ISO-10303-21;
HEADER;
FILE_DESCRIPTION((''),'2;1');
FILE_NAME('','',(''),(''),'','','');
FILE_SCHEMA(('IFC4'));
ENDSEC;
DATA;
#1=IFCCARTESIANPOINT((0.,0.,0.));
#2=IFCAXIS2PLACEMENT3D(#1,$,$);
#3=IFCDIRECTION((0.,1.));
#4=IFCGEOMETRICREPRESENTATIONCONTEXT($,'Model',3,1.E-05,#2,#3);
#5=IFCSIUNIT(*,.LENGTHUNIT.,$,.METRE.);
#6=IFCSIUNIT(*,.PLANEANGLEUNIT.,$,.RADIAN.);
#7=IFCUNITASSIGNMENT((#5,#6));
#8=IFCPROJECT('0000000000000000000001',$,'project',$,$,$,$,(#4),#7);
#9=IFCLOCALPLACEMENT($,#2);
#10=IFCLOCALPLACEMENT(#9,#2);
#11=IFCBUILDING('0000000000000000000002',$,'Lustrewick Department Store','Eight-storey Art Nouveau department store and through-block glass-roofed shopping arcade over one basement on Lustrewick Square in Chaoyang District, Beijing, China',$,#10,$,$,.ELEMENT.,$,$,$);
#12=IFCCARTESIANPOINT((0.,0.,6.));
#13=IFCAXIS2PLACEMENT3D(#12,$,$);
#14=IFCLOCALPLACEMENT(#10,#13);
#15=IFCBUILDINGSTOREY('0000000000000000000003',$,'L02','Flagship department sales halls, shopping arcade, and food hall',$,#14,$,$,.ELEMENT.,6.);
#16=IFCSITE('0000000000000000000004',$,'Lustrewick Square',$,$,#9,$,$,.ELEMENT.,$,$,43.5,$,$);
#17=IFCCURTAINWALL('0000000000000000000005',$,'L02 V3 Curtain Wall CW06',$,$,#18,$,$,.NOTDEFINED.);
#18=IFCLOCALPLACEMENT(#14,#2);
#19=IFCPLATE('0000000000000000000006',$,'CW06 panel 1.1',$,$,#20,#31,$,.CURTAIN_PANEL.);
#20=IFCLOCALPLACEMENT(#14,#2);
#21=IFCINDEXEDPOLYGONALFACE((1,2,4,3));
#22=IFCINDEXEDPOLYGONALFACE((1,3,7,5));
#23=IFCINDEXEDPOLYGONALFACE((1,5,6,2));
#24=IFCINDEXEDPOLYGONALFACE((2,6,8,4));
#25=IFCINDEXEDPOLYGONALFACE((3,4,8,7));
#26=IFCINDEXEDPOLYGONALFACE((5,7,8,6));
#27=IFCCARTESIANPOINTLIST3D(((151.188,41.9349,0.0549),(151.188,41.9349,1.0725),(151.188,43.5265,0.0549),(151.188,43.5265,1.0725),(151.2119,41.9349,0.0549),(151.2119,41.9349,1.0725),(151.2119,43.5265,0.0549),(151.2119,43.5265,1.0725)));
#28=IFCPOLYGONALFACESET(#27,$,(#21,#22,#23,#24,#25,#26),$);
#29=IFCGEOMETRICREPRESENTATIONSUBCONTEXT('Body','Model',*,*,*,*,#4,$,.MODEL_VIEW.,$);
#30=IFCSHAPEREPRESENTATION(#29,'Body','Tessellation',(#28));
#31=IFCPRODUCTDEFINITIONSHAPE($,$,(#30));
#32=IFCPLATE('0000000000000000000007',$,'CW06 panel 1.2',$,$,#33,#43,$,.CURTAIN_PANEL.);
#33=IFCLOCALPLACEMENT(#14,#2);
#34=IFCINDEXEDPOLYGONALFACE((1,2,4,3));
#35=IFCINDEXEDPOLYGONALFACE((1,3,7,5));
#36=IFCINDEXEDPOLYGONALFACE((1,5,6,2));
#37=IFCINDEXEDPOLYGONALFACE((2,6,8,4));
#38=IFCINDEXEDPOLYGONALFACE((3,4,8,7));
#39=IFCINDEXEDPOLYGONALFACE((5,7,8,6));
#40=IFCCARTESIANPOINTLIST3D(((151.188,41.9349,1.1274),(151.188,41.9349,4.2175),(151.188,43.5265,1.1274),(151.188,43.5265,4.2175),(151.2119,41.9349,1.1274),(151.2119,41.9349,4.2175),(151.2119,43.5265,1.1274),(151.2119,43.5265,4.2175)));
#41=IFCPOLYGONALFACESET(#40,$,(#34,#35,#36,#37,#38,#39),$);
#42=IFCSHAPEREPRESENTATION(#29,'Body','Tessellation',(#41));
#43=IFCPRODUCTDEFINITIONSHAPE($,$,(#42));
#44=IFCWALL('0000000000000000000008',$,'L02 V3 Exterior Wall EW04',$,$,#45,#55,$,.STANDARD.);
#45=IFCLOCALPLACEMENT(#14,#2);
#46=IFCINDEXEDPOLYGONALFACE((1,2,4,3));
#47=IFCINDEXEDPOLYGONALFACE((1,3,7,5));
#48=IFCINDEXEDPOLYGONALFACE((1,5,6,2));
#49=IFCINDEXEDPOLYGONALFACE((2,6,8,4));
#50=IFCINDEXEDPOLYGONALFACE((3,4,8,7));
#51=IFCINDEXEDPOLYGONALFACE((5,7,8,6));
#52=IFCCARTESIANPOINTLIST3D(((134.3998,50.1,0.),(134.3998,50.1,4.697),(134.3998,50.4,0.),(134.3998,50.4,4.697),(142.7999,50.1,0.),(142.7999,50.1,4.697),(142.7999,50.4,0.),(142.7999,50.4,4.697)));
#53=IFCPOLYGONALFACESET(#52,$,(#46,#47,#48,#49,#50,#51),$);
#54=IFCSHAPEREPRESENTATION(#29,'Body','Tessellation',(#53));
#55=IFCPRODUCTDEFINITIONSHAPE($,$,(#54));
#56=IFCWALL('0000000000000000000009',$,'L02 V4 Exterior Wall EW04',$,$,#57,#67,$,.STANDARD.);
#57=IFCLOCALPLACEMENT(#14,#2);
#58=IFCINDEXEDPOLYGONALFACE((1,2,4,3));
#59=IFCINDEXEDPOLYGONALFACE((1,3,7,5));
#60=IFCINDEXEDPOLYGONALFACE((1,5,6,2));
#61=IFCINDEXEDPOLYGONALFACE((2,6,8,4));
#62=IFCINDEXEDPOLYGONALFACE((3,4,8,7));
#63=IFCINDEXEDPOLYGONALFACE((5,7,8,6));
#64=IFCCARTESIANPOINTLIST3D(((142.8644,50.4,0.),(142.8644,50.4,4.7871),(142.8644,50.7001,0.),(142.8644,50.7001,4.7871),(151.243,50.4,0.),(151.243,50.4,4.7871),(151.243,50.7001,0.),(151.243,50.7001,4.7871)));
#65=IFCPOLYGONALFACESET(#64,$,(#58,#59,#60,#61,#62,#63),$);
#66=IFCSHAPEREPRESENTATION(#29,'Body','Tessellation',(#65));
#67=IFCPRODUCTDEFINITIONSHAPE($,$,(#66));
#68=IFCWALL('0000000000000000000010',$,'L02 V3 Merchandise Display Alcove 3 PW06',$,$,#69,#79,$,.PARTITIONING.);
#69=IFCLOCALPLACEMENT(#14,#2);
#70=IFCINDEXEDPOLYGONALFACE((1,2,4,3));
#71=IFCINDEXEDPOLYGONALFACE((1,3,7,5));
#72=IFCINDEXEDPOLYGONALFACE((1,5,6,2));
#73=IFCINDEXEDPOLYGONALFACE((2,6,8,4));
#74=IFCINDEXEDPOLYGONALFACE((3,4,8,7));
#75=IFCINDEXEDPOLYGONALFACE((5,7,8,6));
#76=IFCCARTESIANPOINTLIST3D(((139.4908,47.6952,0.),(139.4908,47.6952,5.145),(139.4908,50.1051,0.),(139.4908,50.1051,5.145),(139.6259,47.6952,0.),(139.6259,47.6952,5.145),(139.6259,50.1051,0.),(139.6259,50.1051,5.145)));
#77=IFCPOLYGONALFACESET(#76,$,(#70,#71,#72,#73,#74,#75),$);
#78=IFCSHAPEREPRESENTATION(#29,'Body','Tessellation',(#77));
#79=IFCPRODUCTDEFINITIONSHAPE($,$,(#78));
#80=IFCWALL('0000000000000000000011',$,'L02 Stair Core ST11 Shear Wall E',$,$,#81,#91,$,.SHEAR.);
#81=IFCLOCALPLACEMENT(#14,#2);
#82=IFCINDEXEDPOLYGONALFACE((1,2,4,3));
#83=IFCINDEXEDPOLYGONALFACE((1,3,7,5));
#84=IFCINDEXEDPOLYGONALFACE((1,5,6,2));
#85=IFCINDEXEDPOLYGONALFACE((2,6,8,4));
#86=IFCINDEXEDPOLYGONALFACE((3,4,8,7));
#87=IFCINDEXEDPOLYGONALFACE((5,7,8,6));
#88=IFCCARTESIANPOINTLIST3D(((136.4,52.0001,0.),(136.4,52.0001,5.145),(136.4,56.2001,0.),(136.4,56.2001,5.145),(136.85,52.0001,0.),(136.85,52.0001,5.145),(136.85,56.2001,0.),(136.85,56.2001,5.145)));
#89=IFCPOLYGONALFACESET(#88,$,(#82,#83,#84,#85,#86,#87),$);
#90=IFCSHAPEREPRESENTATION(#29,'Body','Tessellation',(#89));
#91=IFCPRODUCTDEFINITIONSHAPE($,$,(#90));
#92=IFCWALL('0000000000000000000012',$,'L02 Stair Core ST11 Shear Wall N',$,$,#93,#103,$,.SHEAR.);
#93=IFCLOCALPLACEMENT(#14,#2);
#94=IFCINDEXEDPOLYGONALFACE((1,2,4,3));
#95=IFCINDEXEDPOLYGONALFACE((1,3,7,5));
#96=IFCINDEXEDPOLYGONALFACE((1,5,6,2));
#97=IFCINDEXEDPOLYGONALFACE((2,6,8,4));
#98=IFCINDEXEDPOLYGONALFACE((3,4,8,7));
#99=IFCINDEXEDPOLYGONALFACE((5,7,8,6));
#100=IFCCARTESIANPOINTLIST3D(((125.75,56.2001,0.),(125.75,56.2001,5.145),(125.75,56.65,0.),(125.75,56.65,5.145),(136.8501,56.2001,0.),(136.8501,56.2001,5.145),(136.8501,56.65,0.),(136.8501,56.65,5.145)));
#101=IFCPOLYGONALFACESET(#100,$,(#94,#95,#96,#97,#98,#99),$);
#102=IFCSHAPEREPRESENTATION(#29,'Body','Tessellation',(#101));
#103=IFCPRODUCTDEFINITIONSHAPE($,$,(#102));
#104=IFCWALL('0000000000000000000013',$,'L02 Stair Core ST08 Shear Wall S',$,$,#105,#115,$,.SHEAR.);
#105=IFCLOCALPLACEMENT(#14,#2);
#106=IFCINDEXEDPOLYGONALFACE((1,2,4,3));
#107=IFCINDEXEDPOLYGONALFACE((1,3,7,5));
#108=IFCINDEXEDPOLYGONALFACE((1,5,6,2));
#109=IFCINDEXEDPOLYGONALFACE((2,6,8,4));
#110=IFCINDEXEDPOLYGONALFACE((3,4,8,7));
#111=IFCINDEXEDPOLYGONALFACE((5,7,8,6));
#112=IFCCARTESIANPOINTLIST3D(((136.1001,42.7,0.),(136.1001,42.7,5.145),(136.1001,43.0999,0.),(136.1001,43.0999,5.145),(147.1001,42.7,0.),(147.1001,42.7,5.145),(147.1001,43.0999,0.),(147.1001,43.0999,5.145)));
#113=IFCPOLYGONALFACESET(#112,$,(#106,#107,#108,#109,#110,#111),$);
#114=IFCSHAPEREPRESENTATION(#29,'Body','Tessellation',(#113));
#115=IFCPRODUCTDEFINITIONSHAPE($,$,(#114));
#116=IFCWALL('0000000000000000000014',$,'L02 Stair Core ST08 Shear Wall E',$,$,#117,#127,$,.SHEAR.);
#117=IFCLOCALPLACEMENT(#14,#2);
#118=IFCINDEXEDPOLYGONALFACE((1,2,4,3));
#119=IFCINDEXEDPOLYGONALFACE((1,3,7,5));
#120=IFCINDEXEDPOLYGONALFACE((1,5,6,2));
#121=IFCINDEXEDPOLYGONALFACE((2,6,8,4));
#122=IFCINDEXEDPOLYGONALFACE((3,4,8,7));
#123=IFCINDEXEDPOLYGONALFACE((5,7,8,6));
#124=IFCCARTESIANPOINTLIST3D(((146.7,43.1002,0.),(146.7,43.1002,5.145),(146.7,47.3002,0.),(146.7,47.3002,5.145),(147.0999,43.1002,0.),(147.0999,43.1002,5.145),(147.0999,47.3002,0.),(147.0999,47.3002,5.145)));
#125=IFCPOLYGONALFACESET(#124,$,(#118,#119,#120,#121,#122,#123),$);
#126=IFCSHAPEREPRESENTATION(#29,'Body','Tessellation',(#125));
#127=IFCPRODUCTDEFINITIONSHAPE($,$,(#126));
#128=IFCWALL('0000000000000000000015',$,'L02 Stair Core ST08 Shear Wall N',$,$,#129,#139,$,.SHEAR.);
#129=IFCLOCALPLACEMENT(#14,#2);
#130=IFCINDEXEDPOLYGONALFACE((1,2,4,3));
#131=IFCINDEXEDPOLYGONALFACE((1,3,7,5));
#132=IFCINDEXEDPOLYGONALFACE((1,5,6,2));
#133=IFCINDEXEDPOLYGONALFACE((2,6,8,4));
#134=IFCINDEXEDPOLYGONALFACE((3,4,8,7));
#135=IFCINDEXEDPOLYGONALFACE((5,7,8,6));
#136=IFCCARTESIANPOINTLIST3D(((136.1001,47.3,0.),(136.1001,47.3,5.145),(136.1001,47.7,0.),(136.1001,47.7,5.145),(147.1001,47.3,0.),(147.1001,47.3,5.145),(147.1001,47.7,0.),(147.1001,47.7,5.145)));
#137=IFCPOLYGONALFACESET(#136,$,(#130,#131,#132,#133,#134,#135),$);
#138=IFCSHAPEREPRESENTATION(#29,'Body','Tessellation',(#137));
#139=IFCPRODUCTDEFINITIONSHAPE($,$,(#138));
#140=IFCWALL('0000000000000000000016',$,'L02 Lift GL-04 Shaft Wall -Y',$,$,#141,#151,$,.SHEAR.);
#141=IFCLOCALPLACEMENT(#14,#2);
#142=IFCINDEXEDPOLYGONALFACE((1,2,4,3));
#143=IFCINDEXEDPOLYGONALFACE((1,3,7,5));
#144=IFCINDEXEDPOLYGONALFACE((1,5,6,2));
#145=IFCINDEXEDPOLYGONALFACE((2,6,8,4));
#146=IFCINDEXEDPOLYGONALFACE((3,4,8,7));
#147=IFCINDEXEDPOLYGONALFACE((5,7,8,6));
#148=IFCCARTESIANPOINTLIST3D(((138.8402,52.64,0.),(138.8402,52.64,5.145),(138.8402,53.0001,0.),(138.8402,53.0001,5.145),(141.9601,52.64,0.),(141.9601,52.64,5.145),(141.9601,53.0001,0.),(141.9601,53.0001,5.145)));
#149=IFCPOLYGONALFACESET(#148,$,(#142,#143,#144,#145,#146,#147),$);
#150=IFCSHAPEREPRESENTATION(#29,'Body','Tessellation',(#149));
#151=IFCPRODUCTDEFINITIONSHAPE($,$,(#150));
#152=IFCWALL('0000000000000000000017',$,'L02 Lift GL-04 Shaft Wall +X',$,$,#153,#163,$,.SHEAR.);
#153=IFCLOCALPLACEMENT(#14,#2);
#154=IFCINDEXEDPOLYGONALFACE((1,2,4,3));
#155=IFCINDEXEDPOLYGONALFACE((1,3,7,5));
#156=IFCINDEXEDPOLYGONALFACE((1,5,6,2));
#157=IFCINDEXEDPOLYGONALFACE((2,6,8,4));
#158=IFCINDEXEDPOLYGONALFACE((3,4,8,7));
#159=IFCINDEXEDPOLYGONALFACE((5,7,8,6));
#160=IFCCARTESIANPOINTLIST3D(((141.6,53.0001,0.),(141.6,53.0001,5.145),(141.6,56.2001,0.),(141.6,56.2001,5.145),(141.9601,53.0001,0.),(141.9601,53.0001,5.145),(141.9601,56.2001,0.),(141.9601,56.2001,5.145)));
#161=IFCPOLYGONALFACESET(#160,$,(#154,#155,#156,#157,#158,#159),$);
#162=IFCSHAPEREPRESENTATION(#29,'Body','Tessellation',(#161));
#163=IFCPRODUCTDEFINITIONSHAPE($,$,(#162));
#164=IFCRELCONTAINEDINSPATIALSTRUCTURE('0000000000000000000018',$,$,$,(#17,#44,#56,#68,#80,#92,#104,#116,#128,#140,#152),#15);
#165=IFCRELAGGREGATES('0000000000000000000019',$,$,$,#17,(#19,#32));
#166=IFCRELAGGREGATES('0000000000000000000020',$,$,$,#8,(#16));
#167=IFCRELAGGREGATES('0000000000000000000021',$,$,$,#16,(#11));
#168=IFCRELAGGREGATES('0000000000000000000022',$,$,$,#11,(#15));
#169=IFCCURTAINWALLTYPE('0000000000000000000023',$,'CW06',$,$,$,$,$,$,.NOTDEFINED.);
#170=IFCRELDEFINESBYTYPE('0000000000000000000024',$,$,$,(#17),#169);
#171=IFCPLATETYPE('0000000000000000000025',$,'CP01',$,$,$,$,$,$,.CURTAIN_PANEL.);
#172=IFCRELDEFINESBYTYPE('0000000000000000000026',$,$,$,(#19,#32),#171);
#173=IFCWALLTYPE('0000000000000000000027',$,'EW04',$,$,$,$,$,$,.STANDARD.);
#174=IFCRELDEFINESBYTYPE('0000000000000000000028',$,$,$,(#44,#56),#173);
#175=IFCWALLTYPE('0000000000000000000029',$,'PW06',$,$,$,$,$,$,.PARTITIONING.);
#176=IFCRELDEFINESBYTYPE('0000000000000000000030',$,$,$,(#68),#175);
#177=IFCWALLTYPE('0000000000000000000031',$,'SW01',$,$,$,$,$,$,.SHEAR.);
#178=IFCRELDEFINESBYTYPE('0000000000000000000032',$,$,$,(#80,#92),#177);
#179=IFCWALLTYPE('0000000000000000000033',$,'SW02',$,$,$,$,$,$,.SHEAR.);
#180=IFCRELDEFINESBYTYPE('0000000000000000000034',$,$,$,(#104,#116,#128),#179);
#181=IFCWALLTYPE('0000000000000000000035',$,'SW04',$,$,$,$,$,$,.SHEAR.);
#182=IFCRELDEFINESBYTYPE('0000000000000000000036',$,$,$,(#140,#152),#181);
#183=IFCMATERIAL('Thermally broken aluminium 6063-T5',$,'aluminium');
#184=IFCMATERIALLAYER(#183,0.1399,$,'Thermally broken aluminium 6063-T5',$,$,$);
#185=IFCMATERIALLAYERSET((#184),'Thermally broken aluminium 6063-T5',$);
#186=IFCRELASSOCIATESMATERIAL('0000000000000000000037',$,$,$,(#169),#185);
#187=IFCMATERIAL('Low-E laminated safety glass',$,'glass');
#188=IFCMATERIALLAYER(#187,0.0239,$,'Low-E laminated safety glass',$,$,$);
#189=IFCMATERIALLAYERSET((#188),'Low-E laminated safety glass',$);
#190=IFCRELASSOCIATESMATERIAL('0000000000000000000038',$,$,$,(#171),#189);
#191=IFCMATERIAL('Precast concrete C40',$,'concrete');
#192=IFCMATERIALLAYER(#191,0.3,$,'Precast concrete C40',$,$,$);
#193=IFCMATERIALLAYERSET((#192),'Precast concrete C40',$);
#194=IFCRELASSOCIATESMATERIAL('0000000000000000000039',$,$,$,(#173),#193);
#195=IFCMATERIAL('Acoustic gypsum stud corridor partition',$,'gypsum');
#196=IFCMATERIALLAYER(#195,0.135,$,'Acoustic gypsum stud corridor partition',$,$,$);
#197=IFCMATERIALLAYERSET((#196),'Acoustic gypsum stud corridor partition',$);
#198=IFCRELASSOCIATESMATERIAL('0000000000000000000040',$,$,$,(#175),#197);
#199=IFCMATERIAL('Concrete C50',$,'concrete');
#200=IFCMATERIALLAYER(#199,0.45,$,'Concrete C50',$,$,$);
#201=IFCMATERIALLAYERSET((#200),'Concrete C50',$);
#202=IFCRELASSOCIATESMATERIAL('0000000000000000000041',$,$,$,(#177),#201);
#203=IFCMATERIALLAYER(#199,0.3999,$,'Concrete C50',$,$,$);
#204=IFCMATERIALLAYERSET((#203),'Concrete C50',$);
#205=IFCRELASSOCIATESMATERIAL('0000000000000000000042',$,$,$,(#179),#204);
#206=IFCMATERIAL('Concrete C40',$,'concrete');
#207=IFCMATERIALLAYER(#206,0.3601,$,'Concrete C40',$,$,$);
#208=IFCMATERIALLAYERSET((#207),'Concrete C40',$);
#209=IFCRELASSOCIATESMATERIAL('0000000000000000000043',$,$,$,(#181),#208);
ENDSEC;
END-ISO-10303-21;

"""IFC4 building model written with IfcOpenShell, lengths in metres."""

from ifc_helpers import new_model, si_unit, direction, frame, frame_2d, origin, origin_2d, place, context, subcontext, project, spatial, rectangle, extrude, material, layer, layer_set, type_object, element, aggregate, save


model = new_model("IFC4")

# Units and contexts
model_context = context("Model", 3, precision=1e-05, world=origin(), true_north=direction((0.0, 1.0)))
body_context = subcontext(model_context, "Body", "Model", "MODEL_VIEW")
ifc_project = project(units=[si_unit("LENGTHUNIT", "METRE"), si_unit("PLANEANGLEUNIT", "RADIAN")], contexts=[model_context])

# Site, building, storey
site_placement = place(None, origin())
site = spatial("IfcSite", under=ifc_project, at=site_placement, Name="Lustrewick Square", CompositionType="ELEMENT", RefElevation=43.5)
building_placement = place(site_placement, origin())
building = spatial("IfcBuilding", under=site, at=building_placement, Name="Lustrewick Department Store", Description="Eight-storey Art Nouveau department store and through-block glass-roofed shopping arcade over one basement on Lustrewick Square in Chaoyang District, Beijing, China", CompositionType="ELEMENT")
storey_placement = place(building_placement, frame((0.0, 0.0, 6.0)))
storey = spatial("IfcBuildingStorey", under=building, at=storey_placement, Name="L02", Description="Flagship department sales halls, shopping arcade, and food hall", CompositionType="ELEMENT", Elevation=6.0)

# Curtain wall, plates
ifc_material_1 = material(Name="Thermally broken aluminium 6063-T5", Category="aluminium")
ifc_layer_1 = layer(ifc_material_1, 0.1399, Name="Thermally broken aluminium 6063-T5")
ifc_layer_set_1 = layer_set([ifc_layer_1], Name="Thermally broken aluminium 6063-T5")
curtain_wall_type = type_object("IfcCurtainWallType", Name="CW06", PredefinedType="NOTDEFINED", material=ifc_layer_set_1)
curtain_wall_placement = place(storey_placement, origin())
curtain_wall = element("IfcCurtainWall", 1, at=curtain_wall_placement, inside=storey, type_object=curtain_wall_type, Name="L02 V3 Curtain Wall CW06", PredefinedType="NOTDEFINED")
ifc_material_2 = material(Name="Low-E laminated safety glass", Category="glass")
ifc_layer_2 = layer(ifc_material_2, 0.0239, Name="Low-E laminated safety glass")
ifc_layer_set_2 = layer_set([ifc_layer_2], Name="Low-E laminated safety glass")
plate_type = type_object("IfcPlateType", Name="CP01", PredefinedType="CURTAIN_PANEL", material=ifc_layer_set_2)
plate_1_placement = place(storey_placement, frame((151.2, 42.7307, 0.0549), z_axis=(0.0, 0.0, 1.0), x_axis=(0.0, 1.0, 0.0)))
plate_1 = element("IfcPlate", 2, at=plate_1_placement, type_object=plate_type, Name="CW06 panel 1.1", PredefinedType="CURTAIN_PANEL", context=body_context, shape_type="SweptSolid", body=[
    extrude(rectangle(XDim=1.5916, YDim=0.0239, at=origin_2d()), origin(), (0.0, 0.0, 1.0), 1.0176),
])
plate_2_placement = place(storey_placement, frame((151.2, 42.7307, 1.1274), z_axis=(0.0, 0.0, 1.0), x_axis=(0.0, 1.0, 0.0)))
plate_2 = element("IfcPlate", 3, at=plate_2_placement, type_object=plate_type, Name="CW06 panel 1.2", PredefinedType="CURTAIN_PANEL", context=body_context, shape_type="SweptSolid", body=[
    extrude(rectangle(XDim=1.5916, YDim=0.0239, at=origin_2d()), origin(), (0.0, 0.0, 1.0), 3.0901),
])
aggregate(curtain_wall, [plate_1, plate_2])

# Walls
ifc_material_3 = material(Name="Precast concrete C40", Category="concrete")
ifc_layer_3 = layer(ifc_material_3, 0.3, Name="Precast concrete C40")
ifc_layer_set_3 = layer_set([ifc_layer_3], Name="Precast concrete C40")
wall_type_1 = type_object("IfcWallType", Name="EW04", PredefinedType="STANDARD", material=ifc_layer_set_3)
wall_1_placement = place(storey_placement, frame((142.8, 50.25, 0.0), z_axis=(0.0, 0.0, 1.0), x_axis=(-1.0, 0.0, 0.0)))
element("IfcWall", 4, at=wall_1_placement, inside=storey, type_object=wall_type_1, Name="L02 V3 Exterior Wall EW04", PredefinedType="STANDARD", context=body_context, shape_type="SweptSolid", body=[
    extrude(rectangle(XDim=8.4001, YDim=0.3, at=frame_2d((4.2002, 0.0))), origin(), (0.0, 0.0, 1.0), 4.697),
])
wall_2_placement = place(storey_placement, frame((142.8643, 50.55, 0.0), z_axis=(0.0, 0.0, 1.0), x_axis=(1.0, 0.0, 0.0)))
element("IfcWall", 5, at=wall_2_placement, inside=storey, type_object=wall_type_1, Name="L02 V4 Exterior Wall EW04", PredefinedType="STANDARD", context=body_context, shape_type="SweptSolid", body=[
    extrude(rectangle(XDim=8.3787, YDim=0.3, at=frame_2d((4.1895, 0.0))), origin(), (0.0, 0.0, 1.0), 4.7871),
])
ifc_material_4 = material(Name="Acoustic gypsum stud corridor partition", Category="gypsum")
ifc_layer_4 = layer(ifc_material_4, 0.135, Name="Acoustic gypsum stud corridor partition")
ifc_layer_set_4 = layer_set([ifc_layer_4], Name="Acoustic gypsum stud corridor partition")
wall_type_2 = type_object("IfcWallType", Name="PW06", PredefinedType="PARTITIONING", material=ifc_layer_set_4)
wall_3_placement = place(storey_placement, frame((139.5583, 47.6951, 0.0), z_axis=(0.0, 0.0, 1.0), x_axis=(0.0, 1.0, 0.0)))
element("IfcWall", 6, at=wall_3_placement, inside=storey, type_object=wall_type_2, Name="L02 V3 Merchandise Display Alcove 3 PW06", PredefinedType="PARTITIONING", context=body_context, shape_type="SweptSolid", body=[
    extrude(rectangle(XDim=2.4099, YDim=0.135, at=frame_2d((1.2051, 0.0))), origin(), (0.0, 0.0, 1.0), 5.145),
])
ifc_material_5 = material(Name="Concrete C50", Category="concrete")
ifc_layer_5 = layer(ifc_material_5, 0.45, Name="Concrete C50")
ifc_layer_set_5 = layer_set([ifc_layer_5], Name="Concrete C50")
wall_type_3 = type_object("IfcWallType", Name="SW01", PredefinedType="SHEAR", material=ifc_layer_set_5)
wall_4_placement = place(storey_placement, frame((136.625, 52.0, 0.0), z_axis=(0.0, 0.0, 1.0), x_axis=(0.0, 1.0, 0.0)))
element("IfcWall", 7, at=wall_4_placement, inside=storey, type_object=wall_type_3, Name="L02 Stair Core ST11 Shear Wall E", PredefinedType="SHEAR", context=body_context, shape_type="SweptSolid", body=[
    extrude(rectangle(XDim=4.2, YDim=0.45, at=frame_2d((2.1001, 0.0))), origin(), (0.0, 0.0, 1.0), 5.145),
])
wall_5_placement = place(storey_placement, frame((136.8501, 56.425, 0.0), z_axis=(0.0, 0.0, 1.0), x_axis=(-1.0, 0.0, 0.0)))
element("IfcWall", 8, at=wall_5_placement, inside=storey, type_object=wall_type_3, Name="L02 Stair Core ST11 Shear Wall N", PredefinedType="SHEAR", context=body_context, shape_type="SweptSolid", body=[
    extrude(rectangle(XDim=11.1001, YDim=0.45, at=frame_2d((5.55, 0.0))), origin(), (0.0, 0.0, 1.0), 5.145),
])
ifc_layer_6 = layer(ifc_material_5, 0.3999, Name="Concrete C50")
ifc_layer_set_6 = layer_set([ifc_layer_6], Name="Concrete C50")
wall_type_4 = type_object("IfcWallType", Name="SW02", PredefinedType="SHEAR", material=ifc_layer_set_6)
wall_6_placement = place(storey_placement, frame((136.1001, 42.8999, 0.0), z_axis=(0.0, 0.0, 1.0), x_axis=(1.0, 0.0, 0.0)))
element("IfcWall", 9, at=wall_6_placement, inside=storey, type_object=wall_type_4, Name="L02 Stair Core ST08 Shear Wall S", PredefinedType="SHEAR", context=body_context, shape_type="SweptSolid", body=[
    extrude(rectangle(XDim=11.0, YDim=0.3999, at=frame_2d((5.5, 0.0))), origin(), (0.0, 0.0, 1.0), 5.145),
])
wall_7_placement = place(storey_placement, frame((146.8999, 43.1001, 0.0), z_axis=(0.0, 0.0, 1.0), x_axis=(0.0, 1.0, 0.0)))
element("IfcWall", 10, at=wall_7_placement, inside=storey, type_object=wall_type_4, Name="L02 Stair Core ST08 Shear Wall E", PredefinedType="SHEAR", context=body_context, shape_type="SweptSolid", body=[
    extrude(rectangle(XDim=4.2, YDim=0.3999, at=frame_2d((2.1001, 0.0))), origin(), (0.0, 0.0, 1.0), 5.145),
])
wall_8_placement = place(storey_placement, frame((147.1001, 47.5, 0.0), z_axis=(0.0, 0.0, 1.0), x_axis=(-1.0, 0.0, 0.0)))
element("IfcWall", 11, at=wall_8_placement, inside=storey, type_object=wall_type_4, Name="L02 Stair Core ST08 Shear Wall N", PredefinedType="SHEAR", context=body_context, shape_type="SweptSolid", body=[
    extrude(rectangle(XDim=11.0, YDim=0.3999, at=frame_2d((5.5, 0.0))), origin(), (0.0, 0.0, 1.0), 5.145),
])

# Walls
ifc_material_6 = material(Name="Concrete C40", Category="concrete")
ifc_layer_7 = layer(ifc_material_6, 0.3601, Name="Concrete C40")
ifc_layer_set_7 = layer_set([ifc_layer_7], Name="Concrete C40")
wall_type_5 = type_object("IfcWallType", Name="SW04", PredefinedType="SHEAR", material=ifc_layer_set_7)
wall_9_placement = place(storey_placement, frame((138.8401, 52.8201, 0.0), z_axis=(0.0, 0.0, 1.0), x_axis=(1.0, 0.0, 0.0)))
element("IfcWall", 12, at=wall_9_placement, inside=storey, type_object=wall_type_5, Name="L02 Lift GL-04 Shaft Wall -Y", PredefinedType="SHEAR", context=body_context, shape_type="SweptSolid", body=[
    extrude(rectangle(XDim=3.1199, YDim=0.3601, at=frame_2d((1.5601, 0.0))), origin(), (0.0, 0.0, 1.0), 5.145),
])
wall_10_placement = place(storey_placement, frame((141.78, 53.0, 0.0), z_axis=(0.0, 0.0, 1.0), x_axis=(0.0, 1.0, 0.0)))
element("IfcWall", 13, at=wall_10_placement, inside=storey, type_object=wall_type_5, Name="L02 Lift GL-04 Shaft Wall +X", PredefinedType="SHEAR", context=body_context, shape_type="SweptSolid", body=[
    extrude(rectangle(XDim=3.2, YDim=0.3601, at=frame_2d((1.6001, 0.0))), origin(), (0.0, 0.0, 1.0), 5.145),
])

save(model, "model.ifc")
